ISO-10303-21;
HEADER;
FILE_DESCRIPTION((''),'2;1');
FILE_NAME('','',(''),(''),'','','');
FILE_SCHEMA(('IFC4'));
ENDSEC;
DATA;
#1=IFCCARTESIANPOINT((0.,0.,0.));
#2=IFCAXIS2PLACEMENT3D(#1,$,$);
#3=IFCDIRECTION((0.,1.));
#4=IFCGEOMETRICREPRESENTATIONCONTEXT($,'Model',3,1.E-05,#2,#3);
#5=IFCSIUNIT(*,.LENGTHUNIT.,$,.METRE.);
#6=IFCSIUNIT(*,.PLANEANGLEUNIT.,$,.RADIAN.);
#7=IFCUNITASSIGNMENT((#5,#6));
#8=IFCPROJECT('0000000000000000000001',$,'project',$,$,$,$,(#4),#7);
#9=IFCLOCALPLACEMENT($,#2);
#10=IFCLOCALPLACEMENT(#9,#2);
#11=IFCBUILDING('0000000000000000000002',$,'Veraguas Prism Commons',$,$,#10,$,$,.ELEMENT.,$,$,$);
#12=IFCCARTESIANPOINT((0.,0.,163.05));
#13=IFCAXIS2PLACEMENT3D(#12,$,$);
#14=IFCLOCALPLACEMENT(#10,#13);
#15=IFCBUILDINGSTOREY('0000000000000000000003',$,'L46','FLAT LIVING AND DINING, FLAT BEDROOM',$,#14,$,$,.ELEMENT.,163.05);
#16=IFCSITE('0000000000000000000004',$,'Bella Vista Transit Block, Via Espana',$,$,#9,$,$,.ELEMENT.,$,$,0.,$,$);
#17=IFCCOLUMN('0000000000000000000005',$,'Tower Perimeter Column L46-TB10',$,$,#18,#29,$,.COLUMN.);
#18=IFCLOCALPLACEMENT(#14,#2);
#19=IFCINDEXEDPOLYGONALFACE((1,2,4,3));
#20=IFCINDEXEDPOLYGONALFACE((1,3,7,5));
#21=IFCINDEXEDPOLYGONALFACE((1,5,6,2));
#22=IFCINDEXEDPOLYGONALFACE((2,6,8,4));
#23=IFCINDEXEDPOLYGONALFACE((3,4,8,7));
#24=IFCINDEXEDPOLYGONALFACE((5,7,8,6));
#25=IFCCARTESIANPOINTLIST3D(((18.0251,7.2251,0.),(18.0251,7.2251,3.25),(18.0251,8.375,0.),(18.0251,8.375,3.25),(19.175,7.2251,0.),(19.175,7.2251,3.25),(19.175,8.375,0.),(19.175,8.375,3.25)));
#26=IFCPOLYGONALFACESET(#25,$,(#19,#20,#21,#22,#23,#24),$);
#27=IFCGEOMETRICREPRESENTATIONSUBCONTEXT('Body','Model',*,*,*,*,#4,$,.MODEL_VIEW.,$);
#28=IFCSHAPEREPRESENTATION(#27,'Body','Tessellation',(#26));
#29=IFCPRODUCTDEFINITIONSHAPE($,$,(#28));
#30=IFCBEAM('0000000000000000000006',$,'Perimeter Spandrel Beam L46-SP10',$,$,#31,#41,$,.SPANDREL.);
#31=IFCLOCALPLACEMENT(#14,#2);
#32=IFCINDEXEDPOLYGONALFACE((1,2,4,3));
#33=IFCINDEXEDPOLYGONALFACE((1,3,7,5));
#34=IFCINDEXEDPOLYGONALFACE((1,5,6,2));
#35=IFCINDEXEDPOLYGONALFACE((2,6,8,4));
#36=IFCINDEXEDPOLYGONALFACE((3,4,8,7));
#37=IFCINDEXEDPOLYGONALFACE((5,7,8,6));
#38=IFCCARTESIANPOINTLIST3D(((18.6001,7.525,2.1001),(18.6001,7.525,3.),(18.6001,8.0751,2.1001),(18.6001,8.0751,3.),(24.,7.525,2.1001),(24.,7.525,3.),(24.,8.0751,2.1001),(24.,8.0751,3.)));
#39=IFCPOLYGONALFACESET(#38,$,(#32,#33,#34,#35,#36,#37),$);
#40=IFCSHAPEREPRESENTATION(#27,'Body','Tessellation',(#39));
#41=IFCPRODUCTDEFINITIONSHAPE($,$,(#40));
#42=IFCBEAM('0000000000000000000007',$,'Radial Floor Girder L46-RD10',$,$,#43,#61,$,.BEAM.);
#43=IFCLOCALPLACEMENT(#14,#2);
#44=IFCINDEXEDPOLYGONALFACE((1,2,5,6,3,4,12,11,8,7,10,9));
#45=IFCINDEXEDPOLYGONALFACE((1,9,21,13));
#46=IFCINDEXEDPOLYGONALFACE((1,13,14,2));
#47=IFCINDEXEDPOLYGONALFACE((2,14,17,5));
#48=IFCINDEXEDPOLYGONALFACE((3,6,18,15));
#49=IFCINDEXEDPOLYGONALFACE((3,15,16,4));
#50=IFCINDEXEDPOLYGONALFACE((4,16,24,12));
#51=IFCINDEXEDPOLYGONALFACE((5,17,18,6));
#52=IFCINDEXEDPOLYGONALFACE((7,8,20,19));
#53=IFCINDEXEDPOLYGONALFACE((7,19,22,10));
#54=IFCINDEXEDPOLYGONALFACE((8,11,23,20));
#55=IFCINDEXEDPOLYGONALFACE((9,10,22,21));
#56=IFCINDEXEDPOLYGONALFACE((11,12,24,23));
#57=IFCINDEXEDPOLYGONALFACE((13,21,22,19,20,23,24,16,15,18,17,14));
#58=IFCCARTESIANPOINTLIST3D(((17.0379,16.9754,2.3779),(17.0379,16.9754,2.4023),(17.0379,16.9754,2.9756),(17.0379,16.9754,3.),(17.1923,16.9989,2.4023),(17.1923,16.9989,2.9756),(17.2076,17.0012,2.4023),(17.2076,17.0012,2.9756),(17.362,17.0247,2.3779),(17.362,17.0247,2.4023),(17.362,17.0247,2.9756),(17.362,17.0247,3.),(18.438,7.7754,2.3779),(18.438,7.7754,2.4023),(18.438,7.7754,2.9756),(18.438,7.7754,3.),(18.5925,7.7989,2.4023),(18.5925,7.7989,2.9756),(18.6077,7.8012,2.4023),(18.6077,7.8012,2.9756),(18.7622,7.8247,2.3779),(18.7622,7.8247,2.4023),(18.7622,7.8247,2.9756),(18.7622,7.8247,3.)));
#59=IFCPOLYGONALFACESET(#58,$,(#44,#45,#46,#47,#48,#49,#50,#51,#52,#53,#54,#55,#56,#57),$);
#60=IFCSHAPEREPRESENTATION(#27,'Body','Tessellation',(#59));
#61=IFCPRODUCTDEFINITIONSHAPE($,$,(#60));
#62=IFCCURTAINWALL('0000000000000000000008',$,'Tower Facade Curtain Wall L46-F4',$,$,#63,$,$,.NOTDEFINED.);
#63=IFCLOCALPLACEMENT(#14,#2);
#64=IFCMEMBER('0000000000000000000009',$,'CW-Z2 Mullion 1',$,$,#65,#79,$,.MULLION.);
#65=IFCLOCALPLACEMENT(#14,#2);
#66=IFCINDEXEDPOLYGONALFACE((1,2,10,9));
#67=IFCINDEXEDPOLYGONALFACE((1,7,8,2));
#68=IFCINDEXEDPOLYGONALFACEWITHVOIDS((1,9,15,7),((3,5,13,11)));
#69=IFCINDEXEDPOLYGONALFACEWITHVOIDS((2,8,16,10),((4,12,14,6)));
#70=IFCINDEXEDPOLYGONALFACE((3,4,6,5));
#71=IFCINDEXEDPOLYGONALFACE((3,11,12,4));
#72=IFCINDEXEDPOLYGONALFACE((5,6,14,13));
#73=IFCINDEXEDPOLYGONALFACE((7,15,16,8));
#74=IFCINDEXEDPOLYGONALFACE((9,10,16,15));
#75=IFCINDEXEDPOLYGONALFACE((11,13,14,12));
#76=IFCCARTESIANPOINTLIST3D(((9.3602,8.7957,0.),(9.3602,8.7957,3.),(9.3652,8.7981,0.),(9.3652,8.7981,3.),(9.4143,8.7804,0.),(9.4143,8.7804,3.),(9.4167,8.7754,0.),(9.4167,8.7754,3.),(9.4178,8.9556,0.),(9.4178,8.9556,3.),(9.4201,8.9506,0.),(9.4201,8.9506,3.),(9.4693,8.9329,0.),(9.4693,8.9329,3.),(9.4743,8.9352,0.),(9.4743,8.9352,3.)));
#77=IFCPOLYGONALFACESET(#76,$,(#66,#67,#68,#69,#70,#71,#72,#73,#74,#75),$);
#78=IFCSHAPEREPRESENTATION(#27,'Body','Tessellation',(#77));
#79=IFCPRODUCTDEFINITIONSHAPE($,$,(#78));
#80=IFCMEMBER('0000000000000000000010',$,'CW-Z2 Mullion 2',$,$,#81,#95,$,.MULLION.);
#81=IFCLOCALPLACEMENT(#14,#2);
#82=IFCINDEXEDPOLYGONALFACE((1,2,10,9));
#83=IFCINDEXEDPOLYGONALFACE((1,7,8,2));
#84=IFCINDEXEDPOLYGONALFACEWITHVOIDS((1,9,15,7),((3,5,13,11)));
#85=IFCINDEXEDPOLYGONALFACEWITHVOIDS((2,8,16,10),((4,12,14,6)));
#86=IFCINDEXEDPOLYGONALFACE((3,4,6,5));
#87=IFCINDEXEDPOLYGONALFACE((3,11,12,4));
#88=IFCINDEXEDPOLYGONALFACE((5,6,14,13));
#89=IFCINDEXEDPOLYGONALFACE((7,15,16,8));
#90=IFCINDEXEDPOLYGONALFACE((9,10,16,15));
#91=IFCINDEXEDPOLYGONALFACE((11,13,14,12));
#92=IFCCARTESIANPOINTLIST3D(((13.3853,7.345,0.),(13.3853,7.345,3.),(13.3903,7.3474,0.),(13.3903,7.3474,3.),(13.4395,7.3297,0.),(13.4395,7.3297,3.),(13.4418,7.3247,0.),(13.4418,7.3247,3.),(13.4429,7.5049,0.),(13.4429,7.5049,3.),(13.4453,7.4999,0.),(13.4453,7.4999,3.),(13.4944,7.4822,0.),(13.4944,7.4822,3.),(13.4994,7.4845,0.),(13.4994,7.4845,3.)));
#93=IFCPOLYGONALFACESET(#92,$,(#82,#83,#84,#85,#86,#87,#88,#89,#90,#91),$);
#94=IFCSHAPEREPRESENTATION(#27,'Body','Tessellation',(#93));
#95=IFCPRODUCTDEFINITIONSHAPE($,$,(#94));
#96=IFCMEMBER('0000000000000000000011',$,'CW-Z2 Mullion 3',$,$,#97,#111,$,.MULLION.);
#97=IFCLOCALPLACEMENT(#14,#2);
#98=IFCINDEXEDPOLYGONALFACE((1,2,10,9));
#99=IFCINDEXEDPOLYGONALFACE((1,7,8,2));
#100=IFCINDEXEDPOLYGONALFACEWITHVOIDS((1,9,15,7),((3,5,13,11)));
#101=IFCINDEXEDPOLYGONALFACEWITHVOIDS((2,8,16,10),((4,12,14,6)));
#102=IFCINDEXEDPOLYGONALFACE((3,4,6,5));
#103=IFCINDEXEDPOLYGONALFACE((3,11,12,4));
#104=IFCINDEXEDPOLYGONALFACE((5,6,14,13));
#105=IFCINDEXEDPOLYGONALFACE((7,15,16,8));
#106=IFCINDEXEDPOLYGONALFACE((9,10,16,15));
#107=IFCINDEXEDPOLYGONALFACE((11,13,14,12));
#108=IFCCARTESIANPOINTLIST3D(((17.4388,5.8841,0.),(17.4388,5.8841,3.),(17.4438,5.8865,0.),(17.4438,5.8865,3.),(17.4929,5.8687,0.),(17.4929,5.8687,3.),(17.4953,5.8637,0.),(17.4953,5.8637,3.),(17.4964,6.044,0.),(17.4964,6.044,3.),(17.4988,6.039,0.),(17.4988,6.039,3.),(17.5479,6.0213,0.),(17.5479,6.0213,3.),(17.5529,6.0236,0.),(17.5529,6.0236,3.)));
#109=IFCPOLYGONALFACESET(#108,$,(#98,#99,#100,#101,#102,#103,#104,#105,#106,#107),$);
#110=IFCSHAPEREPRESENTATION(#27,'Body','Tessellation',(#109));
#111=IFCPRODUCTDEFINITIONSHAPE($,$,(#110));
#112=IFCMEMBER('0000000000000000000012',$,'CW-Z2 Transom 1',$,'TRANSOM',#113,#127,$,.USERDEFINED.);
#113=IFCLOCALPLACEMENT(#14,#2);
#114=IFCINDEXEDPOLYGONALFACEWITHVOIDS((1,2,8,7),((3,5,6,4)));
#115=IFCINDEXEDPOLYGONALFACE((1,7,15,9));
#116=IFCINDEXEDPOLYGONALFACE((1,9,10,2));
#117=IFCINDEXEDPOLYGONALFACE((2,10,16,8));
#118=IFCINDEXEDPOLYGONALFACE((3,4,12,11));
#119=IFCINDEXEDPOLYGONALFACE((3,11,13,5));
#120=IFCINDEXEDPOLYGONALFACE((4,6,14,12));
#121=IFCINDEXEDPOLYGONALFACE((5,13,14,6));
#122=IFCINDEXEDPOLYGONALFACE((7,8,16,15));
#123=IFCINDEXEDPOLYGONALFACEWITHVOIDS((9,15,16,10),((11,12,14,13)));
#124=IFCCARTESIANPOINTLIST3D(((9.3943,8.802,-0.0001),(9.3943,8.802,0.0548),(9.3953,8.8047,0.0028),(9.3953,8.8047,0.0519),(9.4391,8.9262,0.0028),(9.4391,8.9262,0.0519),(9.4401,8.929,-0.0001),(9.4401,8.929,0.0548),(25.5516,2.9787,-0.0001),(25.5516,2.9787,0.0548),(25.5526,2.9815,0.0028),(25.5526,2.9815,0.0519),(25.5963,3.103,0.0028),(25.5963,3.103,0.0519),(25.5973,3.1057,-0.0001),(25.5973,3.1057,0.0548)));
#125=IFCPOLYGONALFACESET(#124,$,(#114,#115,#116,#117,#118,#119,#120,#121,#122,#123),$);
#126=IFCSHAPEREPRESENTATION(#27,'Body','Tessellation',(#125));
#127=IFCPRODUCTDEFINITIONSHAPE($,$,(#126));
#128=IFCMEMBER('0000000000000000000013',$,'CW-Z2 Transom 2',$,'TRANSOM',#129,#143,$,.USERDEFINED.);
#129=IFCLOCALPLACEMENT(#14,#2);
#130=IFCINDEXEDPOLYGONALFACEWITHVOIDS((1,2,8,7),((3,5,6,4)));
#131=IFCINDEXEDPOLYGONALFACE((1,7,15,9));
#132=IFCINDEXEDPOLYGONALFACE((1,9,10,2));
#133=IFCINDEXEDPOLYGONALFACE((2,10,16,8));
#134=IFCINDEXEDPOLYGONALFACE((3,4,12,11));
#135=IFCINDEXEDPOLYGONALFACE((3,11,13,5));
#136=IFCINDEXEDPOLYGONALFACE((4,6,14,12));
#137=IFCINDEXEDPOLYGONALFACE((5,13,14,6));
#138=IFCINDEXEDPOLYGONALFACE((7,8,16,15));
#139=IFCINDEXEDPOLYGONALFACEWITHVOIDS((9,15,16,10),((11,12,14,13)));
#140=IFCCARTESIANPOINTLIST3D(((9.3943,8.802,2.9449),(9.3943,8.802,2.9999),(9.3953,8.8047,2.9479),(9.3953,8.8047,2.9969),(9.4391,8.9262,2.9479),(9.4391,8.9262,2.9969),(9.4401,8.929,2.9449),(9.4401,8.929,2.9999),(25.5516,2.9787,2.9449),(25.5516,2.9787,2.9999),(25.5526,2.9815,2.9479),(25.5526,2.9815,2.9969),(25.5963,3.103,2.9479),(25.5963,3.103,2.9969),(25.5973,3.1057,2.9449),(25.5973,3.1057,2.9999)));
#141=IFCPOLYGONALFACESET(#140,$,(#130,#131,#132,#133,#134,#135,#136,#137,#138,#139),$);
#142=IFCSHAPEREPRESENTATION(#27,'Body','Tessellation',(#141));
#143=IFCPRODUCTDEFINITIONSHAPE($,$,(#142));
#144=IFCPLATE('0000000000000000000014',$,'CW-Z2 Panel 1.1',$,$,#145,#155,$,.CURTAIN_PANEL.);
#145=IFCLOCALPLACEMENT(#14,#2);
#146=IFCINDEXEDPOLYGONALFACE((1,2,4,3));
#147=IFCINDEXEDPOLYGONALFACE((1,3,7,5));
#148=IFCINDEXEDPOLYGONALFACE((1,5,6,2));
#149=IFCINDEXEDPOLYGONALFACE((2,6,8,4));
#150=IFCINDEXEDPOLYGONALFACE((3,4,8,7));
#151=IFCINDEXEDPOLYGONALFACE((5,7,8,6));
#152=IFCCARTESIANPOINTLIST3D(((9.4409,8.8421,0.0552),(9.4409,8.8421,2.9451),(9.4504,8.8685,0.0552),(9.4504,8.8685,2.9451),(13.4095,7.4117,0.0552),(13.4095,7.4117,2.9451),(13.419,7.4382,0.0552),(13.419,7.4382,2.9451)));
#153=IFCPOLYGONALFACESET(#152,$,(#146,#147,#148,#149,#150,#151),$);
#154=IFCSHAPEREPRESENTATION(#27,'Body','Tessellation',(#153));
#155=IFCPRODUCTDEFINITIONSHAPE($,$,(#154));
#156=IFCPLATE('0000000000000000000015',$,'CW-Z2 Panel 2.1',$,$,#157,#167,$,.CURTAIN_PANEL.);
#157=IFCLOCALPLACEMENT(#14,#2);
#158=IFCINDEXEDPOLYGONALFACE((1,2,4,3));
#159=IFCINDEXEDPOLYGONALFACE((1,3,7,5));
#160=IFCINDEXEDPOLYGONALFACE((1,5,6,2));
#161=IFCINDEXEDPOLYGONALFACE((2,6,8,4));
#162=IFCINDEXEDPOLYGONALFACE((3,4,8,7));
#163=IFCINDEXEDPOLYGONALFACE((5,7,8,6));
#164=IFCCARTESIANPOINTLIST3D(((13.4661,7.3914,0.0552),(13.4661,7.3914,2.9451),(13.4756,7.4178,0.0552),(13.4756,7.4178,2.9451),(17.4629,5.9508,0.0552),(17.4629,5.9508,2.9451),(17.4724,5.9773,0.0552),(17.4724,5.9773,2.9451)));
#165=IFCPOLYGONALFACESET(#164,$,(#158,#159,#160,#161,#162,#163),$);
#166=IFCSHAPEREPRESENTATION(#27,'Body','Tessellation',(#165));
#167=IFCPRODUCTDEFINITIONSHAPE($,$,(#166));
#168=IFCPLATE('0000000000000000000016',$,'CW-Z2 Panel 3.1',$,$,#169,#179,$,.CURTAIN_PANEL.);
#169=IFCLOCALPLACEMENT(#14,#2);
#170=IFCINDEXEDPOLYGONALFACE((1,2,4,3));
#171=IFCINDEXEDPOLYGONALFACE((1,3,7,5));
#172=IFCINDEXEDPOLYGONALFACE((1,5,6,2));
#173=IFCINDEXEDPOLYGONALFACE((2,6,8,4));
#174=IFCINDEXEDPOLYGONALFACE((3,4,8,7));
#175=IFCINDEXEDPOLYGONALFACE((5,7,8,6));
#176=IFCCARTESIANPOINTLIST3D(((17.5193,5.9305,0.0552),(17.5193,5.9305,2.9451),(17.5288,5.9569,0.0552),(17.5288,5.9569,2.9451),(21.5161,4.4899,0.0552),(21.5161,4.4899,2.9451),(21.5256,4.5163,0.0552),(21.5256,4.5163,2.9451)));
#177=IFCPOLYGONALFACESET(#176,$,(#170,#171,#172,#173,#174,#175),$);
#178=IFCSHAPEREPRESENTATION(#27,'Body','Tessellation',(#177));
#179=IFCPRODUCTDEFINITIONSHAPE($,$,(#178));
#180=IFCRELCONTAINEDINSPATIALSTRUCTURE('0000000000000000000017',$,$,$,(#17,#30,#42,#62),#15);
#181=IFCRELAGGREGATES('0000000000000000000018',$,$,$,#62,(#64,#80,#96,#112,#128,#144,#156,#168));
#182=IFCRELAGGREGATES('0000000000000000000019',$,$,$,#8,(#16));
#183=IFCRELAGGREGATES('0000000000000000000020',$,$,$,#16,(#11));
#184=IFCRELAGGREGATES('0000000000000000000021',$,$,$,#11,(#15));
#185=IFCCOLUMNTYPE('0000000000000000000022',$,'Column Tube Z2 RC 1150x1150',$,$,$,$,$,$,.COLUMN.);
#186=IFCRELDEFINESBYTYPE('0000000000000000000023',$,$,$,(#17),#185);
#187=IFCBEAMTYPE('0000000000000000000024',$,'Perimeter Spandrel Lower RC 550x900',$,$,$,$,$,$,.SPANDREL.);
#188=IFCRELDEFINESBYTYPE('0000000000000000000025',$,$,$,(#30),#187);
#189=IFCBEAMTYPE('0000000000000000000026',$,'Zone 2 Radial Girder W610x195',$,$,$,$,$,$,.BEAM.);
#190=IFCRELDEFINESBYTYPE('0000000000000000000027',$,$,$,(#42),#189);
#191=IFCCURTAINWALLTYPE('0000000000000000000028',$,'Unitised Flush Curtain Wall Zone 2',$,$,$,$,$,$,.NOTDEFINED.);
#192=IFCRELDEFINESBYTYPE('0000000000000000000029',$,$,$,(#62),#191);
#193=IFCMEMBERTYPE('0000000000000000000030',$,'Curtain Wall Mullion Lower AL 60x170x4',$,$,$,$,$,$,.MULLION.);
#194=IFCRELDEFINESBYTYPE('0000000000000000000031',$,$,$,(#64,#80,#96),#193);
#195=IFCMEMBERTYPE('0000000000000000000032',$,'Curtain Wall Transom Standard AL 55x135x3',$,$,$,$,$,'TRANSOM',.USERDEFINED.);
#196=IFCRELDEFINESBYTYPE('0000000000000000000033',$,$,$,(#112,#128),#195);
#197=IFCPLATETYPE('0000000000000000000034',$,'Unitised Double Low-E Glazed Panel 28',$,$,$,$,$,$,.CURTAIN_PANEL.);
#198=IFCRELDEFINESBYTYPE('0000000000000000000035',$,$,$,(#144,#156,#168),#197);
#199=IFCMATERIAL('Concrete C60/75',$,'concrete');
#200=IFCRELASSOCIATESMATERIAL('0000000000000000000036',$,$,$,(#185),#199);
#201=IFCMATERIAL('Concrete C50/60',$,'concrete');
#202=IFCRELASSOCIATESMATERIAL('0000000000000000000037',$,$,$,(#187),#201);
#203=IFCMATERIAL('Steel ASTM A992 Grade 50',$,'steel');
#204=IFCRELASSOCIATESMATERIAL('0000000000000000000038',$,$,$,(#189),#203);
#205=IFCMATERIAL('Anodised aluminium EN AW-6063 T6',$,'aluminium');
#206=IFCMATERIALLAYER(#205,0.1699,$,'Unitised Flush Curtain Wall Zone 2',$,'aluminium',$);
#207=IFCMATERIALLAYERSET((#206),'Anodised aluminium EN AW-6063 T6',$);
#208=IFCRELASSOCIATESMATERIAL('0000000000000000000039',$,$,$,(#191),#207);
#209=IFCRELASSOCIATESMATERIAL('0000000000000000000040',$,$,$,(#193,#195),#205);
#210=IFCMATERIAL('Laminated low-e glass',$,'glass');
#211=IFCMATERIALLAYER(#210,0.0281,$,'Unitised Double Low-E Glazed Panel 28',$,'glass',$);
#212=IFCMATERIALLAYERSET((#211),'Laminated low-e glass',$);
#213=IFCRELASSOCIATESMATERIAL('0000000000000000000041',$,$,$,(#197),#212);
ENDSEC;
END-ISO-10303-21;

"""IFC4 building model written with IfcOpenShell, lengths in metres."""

from ifc_helpers import new_model, si_unit, direction, frame, origin, origin_2d, place, context, subcontext, project, spatial, rectangle, hollow_rectangle, i_section, extrude, source, transform, mapped, material, layer, layer_set, material_profile, profile_set, type_object, element, aggregate, save


model = new_model("IFC4")

# Units and contexts
model_context = context("Model", 3, precision=1e-05, world=origin(), true_north=direction((0.0, 1.0)))
body_context = subcontext(model_context, "Body", "Model", "MODEL_VIEW")
ifc_project = project(units=[si_unit("LENGTHUNIT", "METRE"), si_unit("PLANEANGLEUNIT", "RADIAN")], contexts=[model_context])

# Site, building, storey
site_placement = place(None, origin())
site = spatial("IfcSite", under=ifc_project, at=site_placement, Name="Bella Vista Transit Block, Via Espana", CompositionType="ELEMENT", RefElevation=0.0)
building_placement = place(site_placement, origin())
building = spatial("IfcBuilding", under=site, at=building_placement, Name="Veraguas Prism Commons", CompositionType="ELEMENT")
storey_placement = place(building_placement, frame((0.0, 0.0, 163.05)))
storey = spatial("IfcBuildingStorey", under=building, at=storey_placement, Name="L46", Description="FLAT LIVING AND DINING, FLAT BEDROOM", CompositionType="ELEMENT", Elevation=163.05)

# Column
ifc_material_1 = material(Name="Concrete C60/75", Category="concrete")
ifc_material_profile_1 = material_profile(ifc_material_1, rectangle(XDim=1.1499, YDim=1.1499, at=origin_2d()), Name="RC1150X1150")
ifc_profile_set_1 = profile_set([ifc_material_profile_1], Name="Concrete C60/75")
column_type = type_object("IfcColumnType", Name="Column Tube Z2 RC 1150x1150", PredefinedType="COLUMN", material=ifc_profile_set_1)
column_placement = place(storey_placement, frame((18.6001, 7.8, 0.0), z_axis=(0.0, 0.0, 1.0), x_axis=(1.0, 0.0, 0.0)))
element("IfcColumn", 1, at=column_placement, inside=storey, type_object=column_type, Name="Tower Perimeter Column L46-TB10", PredefinedType="COLUMN", context=body_context, shape_type="SweptSolid", body=[
    extrude(rectangle(XDim=1.1499, YDim=1.1499, at=origin_2d()), origin(), (0.0, 0.0, 1.0), 3.25),
])

# Beams
ifc_material_2 = material(Name="Concrete C50/60", Category="concrete")
ifc_material_profile_2 = material_profile(ifc_material_2, rectangle(XDim=0.55, YDim=0.8999, at=origin_2d()), Name="RC550X900")
ifc_profile_set_2 = profile_set([ifc_material_profile_2], Name="Concrete C50/60")
beam_type_1 = type_object("IfcBeamType", Name="Perimeter Spandrel Lower RC 550x900", PredefinedType="SPANDREL", material=ifc_profile_set_2)
beam_1_placement = place(storey_placement, frame((18.6001, 7.8, 2.55), z_axis=(1.0, 0.0, 0.0), x_axis=(0.0, 1.0, 0.0)))
element("IfcBeam", 2, at=beam_1_placement, inside=storey, type_object=beam_type_1, Name="Perimeter Spandrel Beam L46-SP10", PredefinedType="SPANDREL", context=body_context, shape_type="SweptSolid", body=[
    extrude(rectangle(XDim=0.55, YDim=0.8999, at=origin_2d()), origin(), (0.0, 0.0, 1.0), 5.3999),
])
ifc_material_3 = material(Name="Steel ASTM A992 Grade 50", Category="steel")
ifc_material_profile_3 = material_profile(ifc_material_3, i_section(OverallWidth=0.3279, OverallDepth=0.6221, WebThickness=0.0154, FlangeThickness=0.0244, at=origin_2d()), Name="W610X195")
ifc_profile_set_3 = profile_set([ifc_material_profile_3], Name="Steel ASTM A992 Grade 50")
beam_type_2 = type_object("IfcBeamType", Name="Zone 2 Radial Girder W610x195", PredefinedType="BEAM", material=ifc_profile_set_3)
beam_2_placement = place(storey_placement, frame((18.6001, 7.8, 2.689), z_axis=(-0.150458, 0.988616, 0.0), x_axis=(-0.988616, -0.150458, 0.0)))
element("IfcBeam", 3, at=beam_2_placement, inside=storey, type_object=beam_type_2, Name="Radial Floor Girder L46-RD10", PredefinedType="BEAM", context=body_context, shape_type="SweptSolid", body=[
    extrude(i_section(OverallWidth=0.3279, OverallDepth=0.6221, WebThickness=0.0154, FlangeThickness=0.0244, at=origin_2d()), origin(), (0.0, 0.0, 1.0), 9.3059),
])

# Curtain wall, members, plates
ifc_material_4 = material(Name="Anodised aluminium EN AW-6063 T6", Category="aluminium")
ifc_layer_1 = layer(ifc_material_4, 0.1699, Name="Unitised Flush Curtain Wall Zone 2", Category="aluminium")
ifc_layer_set_1 = layer_set([ifc_layer_1], Name="Anodised aluminium EN AW-6063 T6")
curtain_wall_type = type_object("IfcCurtainWallType", Name="Unitised Flush Curtain Wall Zone 2", PredefinedType="NOTDEFINED", material=ifc_layer_set_1)
curtain_wall_placement = place(storey_placement, origin())
curtain_wall = element("IfcCurtainWall", 4, at=curtain_wall_placement, inside=storey, type_object=curtain_wall_type, Name="Tower Facade Curtain Wall L46-F4", PredefinedType="NOTDEFINED")
ifc_material_profile_4 = material_profile(ifc_material_4, hollow_rectangle(XDim=0.0601, YDim=0.1699, WallThickness=0.0039, at=origin_2d()), Name="AL60X170X4")
ifc_profile_set_4 = profile_set([ifc_material_profile_4], Name="Anodised aluminium EN AW-6063 T6")
member_type_1 = type_object("IfcMemberType", Name="Curtain Wall Mullion Lower AL 60x170x4", PredefinedType="MULLION", material=ifc_profile_set_4)
shared_shape_1 = source(origin(), body_context, "Body", "SweptSolid", [
    extrude(hollow_rectangle(XDim=0.0601, YDim=0.1699, WallThickness=0.0039, at=origin_2d()), origin(), (0.0, 0.0, 1.0), 3.0),
])
member_1_placement = place(storey_placement, frame((9.4172, 8.8655, 0.0), z_axis=(0.0, 0.0, 1.0), x_axis=(0.940761, -0.339071, 0.0)))
member_1 = element("IfcMember", 5, at=member_1_placement, type_object=member_type_1, Name="CW-Z2 Mullion 1", PredefinedType="MULLION", context=body_context, shape_type="MappedRepresentation", body=[
    mapped(shared_shape_1, transform((0.0, 0.0, 0.0), scale=1.0)),
])
member_2_placement = place(storey_placement, frame((13.4424, 7.4148, 0.0), z_axis=(0.0, 0.0, 1.0), x_axis=(0.940761, -0.339071, 0.0)))
member_2 = element("IfcMember", 6, at=member_2_placement, type_object=member_type_1, Name="CW-Z2 Mullion 2", PredefinedType="MULLION", context=body_context, shape_type="MappedRepresentation", body=[
    mapped(shared_shape_1, transform((0.0, 0.0, 0.0), scale=1.0)),
])
member_3_placement = place(storey_placement, frame((17.4958, 5.9539, 0.0), z_axis=(0.0, 0.0, 1.0), x_axis=(0.940761, -0.339071, 0.0)))
member_3 = element("IfcMember", 7, at=member_3_placement, type_object=member_type_1, Name="CW-Z2 Mullion 3", PredefinedType="MULLION", context=body_context, shape_type="MappedRepresentation", body=[
    mapped(shared_shape_1, transform((0.0, 0.0, 0.0), scale=1.0)),
])
ifc_material_profile_5 = material_profile(ifc_material_4, hollow_rectangle(XDim=0.0549, YDim=0.135, WallThickness=0.0029, at=origin_2d()), Name="AL55X135X3")
ifc_profile_set_5 = profile_set([ifc_material_profile_5], Name="Anodised aluminium EN AW-6063 T6")
member_type_2 = type_object("IfcMemberType", Name="Curtain Wall Transom Standard AL 55x135x3", ElementType="TRANSOM", PredefinedType="USERDEFINED", material=ifc_profile_set_5)
shared_shape_2 = source(origin(), body_context, "Body", "SweptSolid", [
    extrude(hollow_rectangle(XDim=0.0549, YDim=0.135, WallThickness=0.0029, at=origin_2d()), origin(), (0.0, 0.0, 1.0), 17.1746),
])
member_4_placement = place(storey_placement, frame((9.4172, 8.8655, 0.0273), z_axis=(0.940764, -0.339062, 0.0), x_axis=(0.0, 0.0, 1.0)))
member_4 = element("IfcMember", 8, at=member_4_placement, type_object=member_type_2, Name="CW-Z2 Transom 1", ObjectType="TRANSOM", PredefinedType="USERDEFINED", context=body_context, shape_type="MappedRepresentation", body=[
    mapped(shared_shape_2, transform((0.0, 0.0, 0.0), scale=1.0)),
])
member_5_placement = place(storey_placement, frame((9.4172, 8.8655, 2.9724), z_axis=(0.940764, -0.339062, 0.0), x_axis=(0.0, 0.0, 1.0)))
member_5 = element("IfcMember", 9, at=member_5_placement, type_object=member_type_2, Name="CW-Z2 Transom 2", ObjectType="TRANSOM", PredefinedType="USERDEFINED", context=body_context, shape_type="MappedRepresentation", body=[
    mapped(shared_shape_2, transform((0.0, 0.0, 0.0), scale=1.0)),
])
ifc_material_5 = material(Name="Laminated low-e glass", Category="glass")
ifc_layer_2 = layer(ifc_material_5, 0.0281, Name="Unitised Double Low-E Glazed Panel 28", Category="glass")
ifc_layer_set_2 = layer_set([ifc_layer_2], Name="Laminated low-e glass")
plate_type = type_object("IfcPlateType", Name="Unitised Double Low-E Glazed Panel 28", PredefinedType="CURTAIN_PANEL", material=ifc_layer_set_2)
shared_shape_3 = source(origin(), body_context, "Body", "SweptSolid", [
    extrude(rectangle(XDim=4.2185, YDim=0.0281, at=origin_2d()), origin(), (0.0, 0.0, 1.0), 2.8899),
])
plate_1_placement = place(storey_placement, frame((11.4299, 8.1401, 0.0552), z_axis=(0.0, 0.0, 1.0), x_axis=(0.940761, -0.339071, 0.0)))
plate_1 = element("IfcPlate", 10, at=plate_1_placement, type_object=plate_type, Name="CW-Z2 Panel 1.1", PredefinedType="CURTAIN_PANEL", context=body_context, shape_type="MappedRepresentation", body=[
    mapped(shared_shape_3, transform((0.0, 0.0, 0.0), scale=1.0)),
])
shared_shape_4 = source(origin(), body_context, "Body", "SweptSolid", [
    extrude(rectangle(XDim=4.2485, YDim=0.0281, at=origin_2d()), origin(), (0.0, 0.0, 1.0), 2.8899),
])
plate_2_placement = place(storey_placement, frame((15.4692, 6.6843, 0.0552), z_axis=(0.0, 0.0, 1.0), x_axis=(0.940761, -0.339071, 0.0)))
plate_2 = element("IfcPlate", 11, at=plate_2_placement, type_object=plate_type, Name="CW-Z2 Panel 2.1", PredefinedType="CURTAIN_PANEL", context=body_context, shape_type="MappedRepresentation", body=[
    mapped(shared_shape_4, transform((0.0, 0.0, 0.0), scale=1.0)),
])
plate_3_placement = place(storey_placement, frame((19.5225, 5.2234, 0.0552), z_axis=(0.0, 0.0, 1.0), x_axis=(0.940761, -0.339071, 0.0)))
plate_3 = element("IfcPlate", 12, at=plate_3_placement, type_object=plate_type, Name="CW-Z2 Panel 3.1", PredefinedType="CURTAIN_PANEL", context=body_context, shape_type="MappedRepresentation", body=[
    mapped(shared_shape_4, transform((0.0, 0.0, 0.0), scale=1.0)),
])
aggregate(curtain_wall, [member_1, member_2, member_3, member_4, member_5, plate_1, plate_2, plate_3])

save(model, "model.ifc")
